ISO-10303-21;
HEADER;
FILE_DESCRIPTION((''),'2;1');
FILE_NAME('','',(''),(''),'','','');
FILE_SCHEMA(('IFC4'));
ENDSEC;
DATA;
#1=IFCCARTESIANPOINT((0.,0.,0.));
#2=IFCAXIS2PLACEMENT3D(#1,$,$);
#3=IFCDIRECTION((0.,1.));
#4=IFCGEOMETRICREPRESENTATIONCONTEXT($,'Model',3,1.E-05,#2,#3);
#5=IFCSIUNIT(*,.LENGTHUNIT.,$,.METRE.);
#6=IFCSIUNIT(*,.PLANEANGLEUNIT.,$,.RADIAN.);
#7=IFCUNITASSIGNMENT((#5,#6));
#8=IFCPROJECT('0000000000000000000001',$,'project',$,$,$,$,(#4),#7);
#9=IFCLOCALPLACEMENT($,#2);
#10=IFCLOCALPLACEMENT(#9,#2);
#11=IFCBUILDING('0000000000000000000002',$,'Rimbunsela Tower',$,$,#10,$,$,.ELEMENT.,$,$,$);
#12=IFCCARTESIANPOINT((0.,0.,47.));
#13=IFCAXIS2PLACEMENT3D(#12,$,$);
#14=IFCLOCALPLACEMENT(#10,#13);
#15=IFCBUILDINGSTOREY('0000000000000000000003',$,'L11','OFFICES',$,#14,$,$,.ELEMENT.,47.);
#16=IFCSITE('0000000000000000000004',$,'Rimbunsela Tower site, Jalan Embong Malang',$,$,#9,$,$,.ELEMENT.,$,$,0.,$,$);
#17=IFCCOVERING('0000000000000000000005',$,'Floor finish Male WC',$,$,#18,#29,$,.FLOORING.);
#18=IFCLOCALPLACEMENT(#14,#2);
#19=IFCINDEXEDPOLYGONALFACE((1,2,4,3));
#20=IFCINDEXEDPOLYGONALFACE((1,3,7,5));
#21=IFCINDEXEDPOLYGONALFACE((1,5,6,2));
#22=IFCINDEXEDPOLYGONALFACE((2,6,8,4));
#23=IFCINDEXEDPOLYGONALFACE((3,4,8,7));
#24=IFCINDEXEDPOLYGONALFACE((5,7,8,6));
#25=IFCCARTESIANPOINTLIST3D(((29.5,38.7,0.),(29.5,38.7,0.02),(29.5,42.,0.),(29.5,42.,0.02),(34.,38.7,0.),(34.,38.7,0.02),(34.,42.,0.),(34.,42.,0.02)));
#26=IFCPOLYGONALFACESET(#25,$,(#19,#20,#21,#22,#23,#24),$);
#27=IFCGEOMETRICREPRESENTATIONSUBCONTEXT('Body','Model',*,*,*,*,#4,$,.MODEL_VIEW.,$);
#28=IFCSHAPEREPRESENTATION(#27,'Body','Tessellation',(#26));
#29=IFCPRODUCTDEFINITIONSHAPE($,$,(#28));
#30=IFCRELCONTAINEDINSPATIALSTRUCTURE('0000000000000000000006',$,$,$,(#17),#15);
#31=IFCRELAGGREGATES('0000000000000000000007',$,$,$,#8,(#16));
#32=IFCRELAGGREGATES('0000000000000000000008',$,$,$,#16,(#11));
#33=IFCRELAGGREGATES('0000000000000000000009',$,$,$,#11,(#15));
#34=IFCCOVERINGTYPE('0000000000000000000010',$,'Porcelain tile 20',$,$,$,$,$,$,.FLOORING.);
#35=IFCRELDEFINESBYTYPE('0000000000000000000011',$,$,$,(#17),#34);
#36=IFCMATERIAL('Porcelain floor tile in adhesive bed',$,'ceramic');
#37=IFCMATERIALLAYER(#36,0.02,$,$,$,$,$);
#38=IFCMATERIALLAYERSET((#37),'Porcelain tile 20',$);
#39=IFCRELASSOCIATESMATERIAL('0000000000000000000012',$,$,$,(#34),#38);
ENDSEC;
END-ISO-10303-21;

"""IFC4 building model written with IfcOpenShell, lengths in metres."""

from ifc_helpers import new_model, si_unit, direction, frame, origin, place, context, subcontext, project, spatial, polyline, outline, extrude, material, layer, layer_set, type_object, element, save


model = new_model("IFC4")

# Units and contexts
model_context = context("Model", 3, precision=1e-05, world=origin(), true_north=direction((0.0, 1.0)))
body_context = subcontext(model_context, "Body", "Model", "MODEL_VIEW")
ifc_project = project(units=[si_unit("LENGTHUNIT", "METRE"), si_unit("PLANEANGLEUNIT", "RADIAN")], contexts=[model_context])

# Site, building, storey
site_placement = place(None, origin())
site = spatial("IfcSite", under=ifc_project, at=site_placement, Name="Rimbunsela Tower site, Jalan Embong Malang", CompositionType="ELEMENT", RefElevation=0.0)
building_placement = place(site_placement, origin())
building = spatial("IfcBuilding", under=site, at=building_placement, Name="Rimbunsela Tower", CompositionType="ELEMENT")
storey_placement = place(building_placement, frame((0.0, 0.0, 47.0)))
storey = spatial("IfcBuildingStorey", under=building, at=storey_placement, Name="L11", Description="OFFICES", CompositionType="ELEMENT", Elevation=47.0)

# Covering
ifc_material_1 = material(Name="Porcelain floor tile in adhesive bed", Category="ceramic")
ifc_layer_1 = layer(ifc_material_1, 0.02)
ifc_layer_set_1 = layer_set([ifc_layer_1], Name="Porcelain tile 20")
covering_type_1 = type_object("IfcCoveringType", Name="Porcelain tile 20", PredefinedType="FLOORING", material=ifc_layer_set_1)
covering_1_placement = place(storey_placement, origin())
element("IfcCovering", 1, at=covering_1_placement, inside=storey, type_object=covering_type_1, Name="Floor finish Male WC", PredefinedType="FLOORING", context=body_context, shape_type="SweptSolid", body=[
    extrude(outline(polyline([(34.0, 38.7), (34.0, 42.0), (29.5, 42.0), (29.5, 38.7), (34.0, 38.7)])), origin(), (0.0, 0.0, 1.0), 0.02),
])

save(model, "model.ifc")
